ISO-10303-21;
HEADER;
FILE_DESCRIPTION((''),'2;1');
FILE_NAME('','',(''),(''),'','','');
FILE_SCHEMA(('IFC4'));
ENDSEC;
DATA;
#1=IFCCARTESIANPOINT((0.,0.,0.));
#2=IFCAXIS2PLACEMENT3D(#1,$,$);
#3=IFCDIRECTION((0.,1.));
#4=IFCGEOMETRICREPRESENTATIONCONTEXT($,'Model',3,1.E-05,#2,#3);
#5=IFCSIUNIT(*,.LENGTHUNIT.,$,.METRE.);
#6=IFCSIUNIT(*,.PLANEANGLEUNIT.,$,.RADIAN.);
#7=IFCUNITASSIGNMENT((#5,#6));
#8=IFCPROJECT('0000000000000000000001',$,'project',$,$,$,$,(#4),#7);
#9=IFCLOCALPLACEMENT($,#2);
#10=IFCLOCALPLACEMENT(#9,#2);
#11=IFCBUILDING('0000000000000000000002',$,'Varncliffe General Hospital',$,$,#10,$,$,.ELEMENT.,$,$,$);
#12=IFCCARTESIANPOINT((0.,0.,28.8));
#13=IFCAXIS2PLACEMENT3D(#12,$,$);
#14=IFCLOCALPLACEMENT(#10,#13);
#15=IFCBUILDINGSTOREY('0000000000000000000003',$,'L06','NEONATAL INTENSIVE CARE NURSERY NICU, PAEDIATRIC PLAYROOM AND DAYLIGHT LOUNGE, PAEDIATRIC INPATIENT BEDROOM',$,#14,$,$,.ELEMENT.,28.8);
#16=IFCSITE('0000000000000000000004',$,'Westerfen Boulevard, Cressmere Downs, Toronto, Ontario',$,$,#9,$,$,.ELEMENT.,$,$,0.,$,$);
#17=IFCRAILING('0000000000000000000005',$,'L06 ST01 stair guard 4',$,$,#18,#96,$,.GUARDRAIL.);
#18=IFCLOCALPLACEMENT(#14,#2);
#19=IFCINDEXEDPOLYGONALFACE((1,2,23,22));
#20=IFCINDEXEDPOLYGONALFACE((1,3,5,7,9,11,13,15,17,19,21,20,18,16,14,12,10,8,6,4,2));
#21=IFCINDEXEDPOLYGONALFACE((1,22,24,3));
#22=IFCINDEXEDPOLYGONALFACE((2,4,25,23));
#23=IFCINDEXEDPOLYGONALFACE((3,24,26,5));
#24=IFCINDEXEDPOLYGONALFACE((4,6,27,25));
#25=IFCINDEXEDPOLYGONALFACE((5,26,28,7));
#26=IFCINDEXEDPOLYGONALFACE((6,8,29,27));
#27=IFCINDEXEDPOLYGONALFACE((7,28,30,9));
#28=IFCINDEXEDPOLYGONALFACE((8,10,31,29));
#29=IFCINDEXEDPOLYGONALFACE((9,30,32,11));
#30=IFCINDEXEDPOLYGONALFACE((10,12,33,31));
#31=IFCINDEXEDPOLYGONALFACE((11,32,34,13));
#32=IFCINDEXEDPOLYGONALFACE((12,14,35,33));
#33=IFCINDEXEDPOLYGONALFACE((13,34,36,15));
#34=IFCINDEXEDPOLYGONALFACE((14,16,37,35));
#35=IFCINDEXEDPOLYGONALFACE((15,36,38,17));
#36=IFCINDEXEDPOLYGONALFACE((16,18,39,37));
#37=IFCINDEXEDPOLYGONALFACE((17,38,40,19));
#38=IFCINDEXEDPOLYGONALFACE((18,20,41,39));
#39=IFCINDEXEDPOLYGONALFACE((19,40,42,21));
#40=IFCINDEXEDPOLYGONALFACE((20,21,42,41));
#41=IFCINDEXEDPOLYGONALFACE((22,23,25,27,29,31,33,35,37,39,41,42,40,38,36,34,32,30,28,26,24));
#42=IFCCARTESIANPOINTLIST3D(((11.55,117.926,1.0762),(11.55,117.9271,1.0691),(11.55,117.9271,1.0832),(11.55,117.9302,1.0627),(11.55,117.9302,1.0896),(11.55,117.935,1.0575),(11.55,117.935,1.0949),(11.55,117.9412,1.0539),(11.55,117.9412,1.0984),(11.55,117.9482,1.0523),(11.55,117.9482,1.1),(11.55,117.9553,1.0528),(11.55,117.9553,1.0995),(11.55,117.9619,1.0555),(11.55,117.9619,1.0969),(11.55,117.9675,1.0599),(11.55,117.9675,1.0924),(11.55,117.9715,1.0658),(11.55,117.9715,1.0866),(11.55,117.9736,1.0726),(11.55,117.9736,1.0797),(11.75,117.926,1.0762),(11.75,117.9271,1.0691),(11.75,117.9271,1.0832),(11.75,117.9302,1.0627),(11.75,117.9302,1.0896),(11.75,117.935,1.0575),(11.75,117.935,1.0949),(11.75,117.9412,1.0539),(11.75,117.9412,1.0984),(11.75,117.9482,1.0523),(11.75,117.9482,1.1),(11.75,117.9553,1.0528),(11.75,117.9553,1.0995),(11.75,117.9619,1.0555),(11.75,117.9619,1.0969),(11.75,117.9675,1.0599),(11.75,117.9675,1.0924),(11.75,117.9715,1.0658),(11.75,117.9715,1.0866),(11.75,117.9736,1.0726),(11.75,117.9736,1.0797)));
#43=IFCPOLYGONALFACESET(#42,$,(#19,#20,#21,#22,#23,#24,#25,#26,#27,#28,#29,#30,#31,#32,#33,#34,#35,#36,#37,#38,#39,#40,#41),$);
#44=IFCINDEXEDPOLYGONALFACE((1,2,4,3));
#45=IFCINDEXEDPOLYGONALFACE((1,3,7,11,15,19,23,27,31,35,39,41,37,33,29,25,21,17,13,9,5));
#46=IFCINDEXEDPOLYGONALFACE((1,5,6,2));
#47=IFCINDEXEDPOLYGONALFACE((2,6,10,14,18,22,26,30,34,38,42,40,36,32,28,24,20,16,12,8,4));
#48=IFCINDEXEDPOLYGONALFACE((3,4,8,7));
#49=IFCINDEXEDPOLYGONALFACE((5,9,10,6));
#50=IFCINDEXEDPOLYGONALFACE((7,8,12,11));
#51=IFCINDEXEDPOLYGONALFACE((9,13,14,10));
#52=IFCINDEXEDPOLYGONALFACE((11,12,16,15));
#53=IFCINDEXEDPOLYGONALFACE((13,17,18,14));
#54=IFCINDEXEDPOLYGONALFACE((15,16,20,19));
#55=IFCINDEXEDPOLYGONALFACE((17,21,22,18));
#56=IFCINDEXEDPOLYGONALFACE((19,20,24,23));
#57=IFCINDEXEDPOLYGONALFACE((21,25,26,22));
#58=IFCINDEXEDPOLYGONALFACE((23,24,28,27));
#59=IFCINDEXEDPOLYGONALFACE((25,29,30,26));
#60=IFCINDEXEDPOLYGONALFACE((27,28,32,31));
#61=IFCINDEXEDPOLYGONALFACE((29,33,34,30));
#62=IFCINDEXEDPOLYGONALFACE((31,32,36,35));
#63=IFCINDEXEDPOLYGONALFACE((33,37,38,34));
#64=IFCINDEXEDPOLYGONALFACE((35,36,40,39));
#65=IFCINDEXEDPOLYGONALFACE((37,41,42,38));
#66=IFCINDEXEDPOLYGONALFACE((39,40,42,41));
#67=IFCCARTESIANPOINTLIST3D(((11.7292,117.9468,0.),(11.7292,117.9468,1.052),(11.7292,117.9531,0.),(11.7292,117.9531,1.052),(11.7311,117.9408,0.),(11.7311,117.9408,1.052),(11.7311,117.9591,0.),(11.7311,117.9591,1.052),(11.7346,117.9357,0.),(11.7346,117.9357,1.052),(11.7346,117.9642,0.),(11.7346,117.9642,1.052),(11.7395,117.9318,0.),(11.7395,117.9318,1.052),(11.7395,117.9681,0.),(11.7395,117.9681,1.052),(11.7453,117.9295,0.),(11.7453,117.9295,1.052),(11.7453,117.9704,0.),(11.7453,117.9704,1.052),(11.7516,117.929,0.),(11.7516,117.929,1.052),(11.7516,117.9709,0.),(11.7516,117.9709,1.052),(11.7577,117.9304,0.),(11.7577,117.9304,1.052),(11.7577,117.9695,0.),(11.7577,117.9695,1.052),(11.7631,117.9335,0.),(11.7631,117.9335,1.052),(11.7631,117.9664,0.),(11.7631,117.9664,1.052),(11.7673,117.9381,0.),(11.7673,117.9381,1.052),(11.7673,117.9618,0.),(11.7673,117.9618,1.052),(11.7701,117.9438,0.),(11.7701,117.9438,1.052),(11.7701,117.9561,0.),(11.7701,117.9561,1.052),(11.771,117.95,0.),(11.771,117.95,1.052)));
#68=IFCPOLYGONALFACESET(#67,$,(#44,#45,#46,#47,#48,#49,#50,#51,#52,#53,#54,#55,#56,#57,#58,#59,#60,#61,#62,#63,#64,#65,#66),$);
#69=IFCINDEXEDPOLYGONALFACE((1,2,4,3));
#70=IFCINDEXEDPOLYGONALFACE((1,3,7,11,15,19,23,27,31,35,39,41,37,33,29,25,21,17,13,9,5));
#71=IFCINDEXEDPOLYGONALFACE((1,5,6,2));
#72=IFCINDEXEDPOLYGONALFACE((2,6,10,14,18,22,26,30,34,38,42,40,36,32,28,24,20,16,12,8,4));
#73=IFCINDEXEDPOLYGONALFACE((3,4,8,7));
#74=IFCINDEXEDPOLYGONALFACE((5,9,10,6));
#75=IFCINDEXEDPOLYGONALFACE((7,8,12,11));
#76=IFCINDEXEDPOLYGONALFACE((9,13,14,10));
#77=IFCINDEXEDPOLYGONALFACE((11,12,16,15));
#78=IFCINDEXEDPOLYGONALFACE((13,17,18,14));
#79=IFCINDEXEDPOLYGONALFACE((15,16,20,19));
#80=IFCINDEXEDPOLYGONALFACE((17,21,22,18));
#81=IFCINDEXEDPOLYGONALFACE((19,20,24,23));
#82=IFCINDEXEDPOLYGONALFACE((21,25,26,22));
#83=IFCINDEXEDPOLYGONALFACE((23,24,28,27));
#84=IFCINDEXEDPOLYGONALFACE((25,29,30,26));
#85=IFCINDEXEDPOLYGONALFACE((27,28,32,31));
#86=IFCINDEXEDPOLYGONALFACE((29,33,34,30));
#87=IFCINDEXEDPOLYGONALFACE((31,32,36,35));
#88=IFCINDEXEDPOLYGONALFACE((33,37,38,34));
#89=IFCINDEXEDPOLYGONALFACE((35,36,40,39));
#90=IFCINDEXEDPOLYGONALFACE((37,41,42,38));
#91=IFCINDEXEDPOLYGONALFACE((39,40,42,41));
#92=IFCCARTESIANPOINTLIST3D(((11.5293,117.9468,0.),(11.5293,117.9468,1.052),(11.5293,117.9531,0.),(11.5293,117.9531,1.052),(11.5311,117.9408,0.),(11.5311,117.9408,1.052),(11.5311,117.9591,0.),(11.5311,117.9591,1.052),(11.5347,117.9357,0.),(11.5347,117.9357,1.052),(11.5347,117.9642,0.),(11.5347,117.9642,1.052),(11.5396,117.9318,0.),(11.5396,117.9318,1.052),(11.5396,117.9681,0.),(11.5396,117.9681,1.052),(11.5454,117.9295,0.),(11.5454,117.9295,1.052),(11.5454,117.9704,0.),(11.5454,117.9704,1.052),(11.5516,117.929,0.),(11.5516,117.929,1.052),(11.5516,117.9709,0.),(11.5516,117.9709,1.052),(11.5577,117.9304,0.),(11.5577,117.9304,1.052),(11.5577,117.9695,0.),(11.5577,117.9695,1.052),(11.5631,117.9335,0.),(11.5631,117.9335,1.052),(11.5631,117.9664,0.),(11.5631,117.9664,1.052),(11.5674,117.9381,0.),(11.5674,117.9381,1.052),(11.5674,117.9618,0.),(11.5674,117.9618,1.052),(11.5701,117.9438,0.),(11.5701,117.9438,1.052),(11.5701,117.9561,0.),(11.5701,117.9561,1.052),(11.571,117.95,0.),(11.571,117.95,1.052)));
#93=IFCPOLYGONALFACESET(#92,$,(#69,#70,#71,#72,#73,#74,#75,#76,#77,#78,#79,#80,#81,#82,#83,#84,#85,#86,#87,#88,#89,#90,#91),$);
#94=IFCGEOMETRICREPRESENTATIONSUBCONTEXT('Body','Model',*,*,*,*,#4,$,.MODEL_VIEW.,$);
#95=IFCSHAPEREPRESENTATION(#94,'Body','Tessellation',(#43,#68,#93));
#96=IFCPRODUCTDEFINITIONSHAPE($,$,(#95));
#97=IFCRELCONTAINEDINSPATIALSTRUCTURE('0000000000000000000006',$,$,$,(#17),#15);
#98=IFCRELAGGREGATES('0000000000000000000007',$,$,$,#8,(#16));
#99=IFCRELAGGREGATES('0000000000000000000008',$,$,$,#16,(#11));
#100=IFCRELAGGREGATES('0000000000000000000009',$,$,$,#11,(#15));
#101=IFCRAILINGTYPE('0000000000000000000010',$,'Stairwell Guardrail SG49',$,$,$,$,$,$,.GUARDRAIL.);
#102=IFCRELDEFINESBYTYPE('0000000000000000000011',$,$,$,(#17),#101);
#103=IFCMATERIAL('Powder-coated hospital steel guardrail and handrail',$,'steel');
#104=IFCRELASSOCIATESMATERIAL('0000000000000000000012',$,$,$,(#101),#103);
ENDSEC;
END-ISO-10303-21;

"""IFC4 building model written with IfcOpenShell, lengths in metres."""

from ifc_helpers import new_model, si_unit, direction, frame, origin, origin_2d, place, context, subcontext, project, spatial, circle, extrude, material, type_object, element, save


model = new_model("IFC4")

# Units and contexts
model_context = context("Model", 3, precision=1e-05, world=origin(), true_north=direction((0.0, 1.0)))
body_context = subcontext(model_context, "Body", "Model", "MODEL_VIEW")
ifc_project = project(units=[si_unit("LENGTHUNIT", "METRE"), si_unit("PLANEANGLEUNIT", "RADIAN")], contexts=[model_context])

# Site, building, storey
site_placement = place(None, origin())
site = spatial("IfcSite", under=ifc_project, at=site_placement, Name="Westerfen Boulevard, Cressmere Downs, Toronto, Ontario", CompositionType="ELEMENT", RefElevation=0.0)
building_placement = place(site_placement, origin())
building = spatial("IfcBuilding", under=site, at=building_placement, Name="Varncliffe General Hospital", CompositionType="ELEMENT")
storey_placement = place(building_placement, frame((0.0, 0.0, 28.8)))
storey = spatial("IfcBuildingStorey", under=building, at=storey_placement, Name="L06", Description="NEONATAL INTENSIVE CARE NURSERY NICU, PAEDIATRIC PLAYROOM AND DAYLIGHT LOUNGE, PAEDIATRIC INPATIENT BEDROOM", CompositionType="ELEMENT", Elevation=28.8)

# Railing
ifc_material_1 = material(Name="Powder-coated hospital steel guardrail and handrail", Category="steel")
railing_type_1 = type_object("IfcRailingType", Name="Stairwell Guardrail SG49", PredefinedType="GUARDRAIL", material=ifc_material_1)
railing_1_placement = place(storey_placement, frame((11.75, 117.95, 0.0)))
element("IfcRailing", 1, at=railing_1_placement, inside=storey, type_object=railing_type_1, Name="L06 ST01 stair guard 4", PredefinedType="GUARDRAIL", context=body_context, shape_type="SweptSolid", body=[
    extrude(circle(Radius=0.0239, at=origin_2d()), frame((0.0, 0.0, 1.0762), z_axis=(-1.0, 0.0, 0.0), x_axis=(0.0, -1.0, 0.0)), (0.0, 0.0, 1.0), 0.2),
    extrude(circle(Radius=0.021, at=origin_2d()), origin(), (0.0, 0.0, 1.0), 1.052),
    extrude(circle(Radius=0.021, at=origin_2d()), frame((-0.2, 0.0, 0.0)), (0.0, 0.0, 1.0), 1.052),
])

save(model, "model.ifc")
